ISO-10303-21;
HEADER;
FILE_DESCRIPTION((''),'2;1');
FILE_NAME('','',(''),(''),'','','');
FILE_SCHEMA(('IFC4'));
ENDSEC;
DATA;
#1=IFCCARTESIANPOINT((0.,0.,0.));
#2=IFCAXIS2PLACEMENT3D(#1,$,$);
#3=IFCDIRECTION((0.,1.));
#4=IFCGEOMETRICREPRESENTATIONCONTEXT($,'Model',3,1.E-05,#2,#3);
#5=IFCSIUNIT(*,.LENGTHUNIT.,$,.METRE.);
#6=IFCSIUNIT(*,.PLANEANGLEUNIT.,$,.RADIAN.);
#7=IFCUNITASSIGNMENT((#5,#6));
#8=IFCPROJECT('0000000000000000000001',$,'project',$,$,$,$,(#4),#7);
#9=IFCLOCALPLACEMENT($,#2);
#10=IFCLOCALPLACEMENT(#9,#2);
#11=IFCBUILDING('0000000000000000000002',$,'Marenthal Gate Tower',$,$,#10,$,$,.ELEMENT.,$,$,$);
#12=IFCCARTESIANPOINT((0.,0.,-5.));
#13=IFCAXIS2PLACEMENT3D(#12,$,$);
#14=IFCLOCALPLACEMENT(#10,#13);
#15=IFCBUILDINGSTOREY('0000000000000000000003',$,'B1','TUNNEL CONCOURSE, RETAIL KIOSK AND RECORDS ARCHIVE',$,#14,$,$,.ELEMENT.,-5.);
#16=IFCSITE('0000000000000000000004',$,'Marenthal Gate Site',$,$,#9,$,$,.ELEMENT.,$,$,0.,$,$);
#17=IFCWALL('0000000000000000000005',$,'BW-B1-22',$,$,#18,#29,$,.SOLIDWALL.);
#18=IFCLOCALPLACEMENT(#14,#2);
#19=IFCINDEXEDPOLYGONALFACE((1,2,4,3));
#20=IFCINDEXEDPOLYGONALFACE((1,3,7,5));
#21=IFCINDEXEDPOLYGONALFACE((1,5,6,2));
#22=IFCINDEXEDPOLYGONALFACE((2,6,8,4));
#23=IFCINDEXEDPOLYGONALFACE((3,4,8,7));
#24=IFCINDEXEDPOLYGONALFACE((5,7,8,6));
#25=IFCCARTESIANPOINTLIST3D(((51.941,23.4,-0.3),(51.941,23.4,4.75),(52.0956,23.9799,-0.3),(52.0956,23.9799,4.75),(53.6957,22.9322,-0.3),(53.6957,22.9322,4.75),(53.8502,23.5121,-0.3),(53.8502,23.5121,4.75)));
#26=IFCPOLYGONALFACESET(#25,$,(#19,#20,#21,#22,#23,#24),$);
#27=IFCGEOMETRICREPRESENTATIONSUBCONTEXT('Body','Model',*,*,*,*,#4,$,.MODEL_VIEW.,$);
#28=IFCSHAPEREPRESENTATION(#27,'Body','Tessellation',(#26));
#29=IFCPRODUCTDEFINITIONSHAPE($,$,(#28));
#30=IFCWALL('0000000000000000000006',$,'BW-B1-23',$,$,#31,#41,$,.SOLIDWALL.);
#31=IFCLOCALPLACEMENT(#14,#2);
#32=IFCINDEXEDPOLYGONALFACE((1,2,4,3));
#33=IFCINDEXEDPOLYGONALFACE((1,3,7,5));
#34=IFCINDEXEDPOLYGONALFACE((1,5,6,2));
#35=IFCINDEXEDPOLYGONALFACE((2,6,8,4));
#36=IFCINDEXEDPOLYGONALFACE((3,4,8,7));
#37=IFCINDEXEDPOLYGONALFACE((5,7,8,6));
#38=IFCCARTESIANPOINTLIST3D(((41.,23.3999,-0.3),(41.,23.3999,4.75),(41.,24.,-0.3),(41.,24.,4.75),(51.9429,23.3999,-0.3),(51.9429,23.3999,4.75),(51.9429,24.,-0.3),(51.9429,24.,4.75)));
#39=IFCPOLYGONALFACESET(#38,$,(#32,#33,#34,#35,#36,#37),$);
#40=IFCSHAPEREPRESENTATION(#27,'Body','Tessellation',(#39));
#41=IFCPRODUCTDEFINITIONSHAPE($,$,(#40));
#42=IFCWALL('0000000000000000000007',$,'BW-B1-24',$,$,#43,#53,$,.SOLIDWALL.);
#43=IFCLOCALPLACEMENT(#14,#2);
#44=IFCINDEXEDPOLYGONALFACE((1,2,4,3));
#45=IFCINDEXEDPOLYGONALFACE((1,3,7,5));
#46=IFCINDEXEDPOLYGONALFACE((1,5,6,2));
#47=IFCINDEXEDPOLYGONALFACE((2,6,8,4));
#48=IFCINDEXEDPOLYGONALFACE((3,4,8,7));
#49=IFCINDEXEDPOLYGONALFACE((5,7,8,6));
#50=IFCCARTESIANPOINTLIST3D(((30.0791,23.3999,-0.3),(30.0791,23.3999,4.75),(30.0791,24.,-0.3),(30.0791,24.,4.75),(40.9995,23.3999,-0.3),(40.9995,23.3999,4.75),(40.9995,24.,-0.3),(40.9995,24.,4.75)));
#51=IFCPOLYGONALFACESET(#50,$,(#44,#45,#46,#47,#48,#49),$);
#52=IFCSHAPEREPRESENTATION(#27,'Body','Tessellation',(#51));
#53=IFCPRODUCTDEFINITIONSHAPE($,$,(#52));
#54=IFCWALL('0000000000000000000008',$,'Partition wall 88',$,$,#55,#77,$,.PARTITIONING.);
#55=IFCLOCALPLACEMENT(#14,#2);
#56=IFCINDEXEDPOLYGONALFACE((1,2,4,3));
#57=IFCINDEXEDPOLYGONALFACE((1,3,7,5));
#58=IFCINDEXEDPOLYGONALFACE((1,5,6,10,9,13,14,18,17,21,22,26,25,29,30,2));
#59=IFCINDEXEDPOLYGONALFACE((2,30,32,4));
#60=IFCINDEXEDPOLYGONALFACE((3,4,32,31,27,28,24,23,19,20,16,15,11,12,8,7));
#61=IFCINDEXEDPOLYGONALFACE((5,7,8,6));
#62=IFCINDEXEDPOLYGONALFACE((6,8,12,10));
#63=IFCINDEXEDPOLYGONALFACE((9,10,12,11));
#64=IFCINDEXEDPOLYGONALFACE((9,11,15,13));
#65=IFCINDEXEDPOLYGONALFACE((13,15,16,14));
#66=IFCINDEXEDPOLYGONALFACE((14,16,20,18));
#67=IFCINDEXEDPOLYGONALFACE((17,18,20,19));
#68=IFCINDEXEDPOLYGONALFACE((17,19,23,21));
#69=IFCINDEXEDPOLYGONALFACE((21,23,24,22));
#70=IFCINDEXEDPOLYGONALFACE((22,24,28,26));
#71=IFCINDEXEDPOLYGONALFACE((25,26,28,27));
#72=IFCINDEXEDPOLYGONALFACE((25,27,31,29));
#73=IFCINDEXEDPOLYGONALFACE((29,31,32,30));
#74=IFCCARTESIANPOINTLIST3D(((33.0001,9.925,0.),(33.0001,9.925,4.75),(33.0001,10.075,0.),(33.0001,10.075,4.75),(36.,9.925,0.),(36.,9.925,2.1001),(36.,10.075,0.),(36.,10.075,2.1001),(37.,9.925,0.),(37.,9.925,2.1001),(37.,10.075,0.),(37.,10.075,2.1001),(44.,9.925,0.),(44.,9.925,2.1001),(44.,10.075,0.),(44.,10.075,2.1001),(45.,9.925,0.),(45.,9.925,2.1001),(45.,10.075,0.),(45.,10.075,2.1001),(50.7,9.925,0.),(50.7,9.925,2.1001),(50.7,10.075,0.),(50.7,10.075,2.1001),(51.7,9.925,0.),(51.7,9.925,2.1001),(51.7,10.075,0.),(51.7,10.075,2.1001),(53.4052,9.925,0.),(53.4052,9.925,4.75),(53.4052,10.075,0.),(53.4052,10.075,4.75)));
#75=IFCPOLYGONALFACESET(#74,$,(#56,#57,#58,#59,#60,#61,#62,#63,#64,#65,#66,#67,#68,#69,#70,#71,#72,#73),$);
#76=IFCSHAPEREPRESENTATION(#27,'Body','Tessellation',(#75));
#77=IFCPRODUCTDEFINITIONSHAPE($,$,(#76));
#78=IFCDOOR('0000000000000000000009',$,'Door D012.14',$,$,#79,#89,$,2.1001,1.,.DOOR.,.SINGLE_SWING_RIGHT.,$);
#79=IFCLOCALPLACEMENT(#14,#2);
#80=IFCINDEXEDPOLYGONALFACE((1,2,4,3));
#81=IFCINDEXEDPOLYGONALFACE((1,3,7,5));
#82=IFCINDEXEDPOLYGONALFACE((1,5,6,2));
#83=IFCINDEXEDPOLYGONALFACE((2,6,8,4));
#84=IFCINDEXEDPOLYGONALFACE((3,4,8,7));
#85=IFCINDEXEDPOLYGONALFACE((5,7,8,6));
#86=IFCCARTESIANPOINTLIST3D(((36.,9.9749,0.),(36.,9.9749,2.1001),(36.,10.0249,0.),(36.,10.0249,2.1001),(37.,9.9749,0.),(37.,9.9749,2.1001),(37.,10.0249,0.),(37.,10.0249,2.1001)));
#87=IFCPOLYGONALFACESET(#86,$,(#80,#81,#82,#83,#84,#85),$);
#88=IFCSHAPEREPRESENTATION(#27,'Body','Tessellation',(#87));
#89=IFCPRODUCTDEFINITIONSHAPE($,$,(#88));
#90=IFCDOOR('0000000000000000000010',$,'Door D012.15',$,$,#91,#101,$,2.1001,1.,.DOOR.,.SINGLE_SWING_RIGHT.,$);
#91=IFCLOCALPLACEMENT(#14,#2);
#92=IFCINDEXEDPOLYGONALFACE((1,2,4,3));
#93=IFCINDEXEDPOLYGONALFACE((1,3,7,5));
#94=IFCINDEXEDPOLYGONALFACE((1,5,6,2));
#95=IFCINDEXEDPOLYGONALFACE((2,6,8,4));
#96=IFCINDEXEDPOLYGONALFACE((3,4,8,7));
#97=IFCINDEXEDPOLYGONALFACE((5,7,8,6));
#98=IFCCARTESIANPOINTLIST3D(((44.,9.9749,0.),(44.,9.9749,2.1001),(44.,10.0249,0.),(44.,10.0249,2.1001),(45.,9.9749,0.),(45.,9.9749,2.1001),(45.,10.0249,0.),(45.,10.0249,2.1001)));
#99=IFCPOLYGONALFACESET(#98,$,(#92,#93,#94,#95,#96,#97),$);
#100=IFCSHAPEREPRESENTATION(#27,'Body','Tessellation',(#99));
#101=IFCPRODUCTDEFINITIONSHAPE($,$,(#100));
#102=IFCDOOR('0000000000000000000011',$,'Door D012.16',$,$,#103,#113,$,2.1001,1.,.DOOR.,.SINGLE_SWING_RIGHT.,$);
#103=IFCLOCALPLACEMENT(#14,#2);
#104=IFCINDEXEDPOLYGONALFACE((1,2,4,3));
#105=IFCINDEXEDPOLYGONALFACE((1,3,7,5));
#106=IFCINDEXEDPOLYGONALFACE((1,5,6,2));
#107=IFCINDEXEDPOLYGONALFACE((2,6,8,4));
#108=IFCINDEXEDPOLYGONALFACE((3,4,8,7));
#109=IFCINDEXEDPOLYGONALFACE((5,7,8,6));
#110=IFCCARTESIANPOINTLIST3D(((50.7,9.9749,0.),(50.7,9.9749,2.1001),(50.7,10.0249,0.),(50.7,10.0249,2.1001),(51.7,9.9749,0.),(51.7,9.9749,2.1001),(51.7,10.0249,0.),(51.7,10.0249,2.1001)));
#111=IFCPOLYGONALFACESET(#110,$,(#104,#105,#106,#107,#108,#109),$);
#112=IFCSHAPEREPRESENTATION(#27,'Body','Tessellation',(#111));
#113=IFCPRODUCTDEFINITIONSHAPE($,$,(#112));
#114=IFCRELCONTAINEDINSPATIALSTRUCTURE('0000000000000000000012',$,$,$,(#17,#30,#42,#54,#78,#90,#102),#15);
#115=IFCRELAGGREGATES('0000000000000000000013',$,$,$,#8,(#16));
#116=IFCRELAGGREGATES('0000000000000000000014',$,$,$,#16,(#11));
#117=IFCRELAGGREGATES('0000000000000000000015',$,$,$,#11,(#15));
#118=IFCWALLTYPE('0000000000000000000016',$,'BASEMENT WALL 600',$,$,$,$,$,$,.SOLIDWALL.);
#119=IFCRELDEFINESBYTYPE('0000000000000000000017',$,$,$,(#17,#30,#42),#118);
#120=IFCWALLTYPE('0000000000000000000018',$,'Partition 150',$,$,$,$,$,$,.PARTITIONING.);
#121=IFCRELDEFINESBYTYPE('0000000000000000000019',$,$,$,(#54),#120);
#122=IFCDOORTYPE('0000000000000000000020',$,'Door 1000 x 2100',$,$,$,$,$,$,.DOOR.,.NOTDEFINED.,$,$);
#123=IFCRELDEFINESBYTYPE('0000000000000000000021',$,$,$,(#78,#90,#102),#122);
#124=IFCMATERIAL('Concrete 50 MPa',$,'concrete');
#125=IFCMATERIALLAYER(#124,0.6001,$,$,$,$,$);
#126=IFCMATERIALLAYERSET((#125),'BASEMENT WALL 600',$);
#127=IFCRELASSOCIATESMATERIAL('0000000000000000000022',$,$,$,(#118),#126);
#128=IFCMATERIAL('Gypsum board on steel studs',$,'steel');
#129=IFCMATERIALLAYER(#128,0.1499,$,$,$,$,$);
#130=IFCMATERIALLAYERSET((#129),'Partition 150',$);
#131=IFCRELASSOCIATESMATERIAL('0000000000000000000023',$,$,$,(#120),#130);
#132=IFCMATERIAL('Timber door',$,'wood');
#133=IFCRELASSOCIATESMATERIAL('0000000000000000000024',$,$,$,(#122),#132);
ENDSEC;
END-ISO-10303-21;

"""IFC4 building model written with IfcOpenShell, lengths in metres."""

from ifc_helpers import new_model, si_unit, direction, frame, frame_2d, origin, place, context, subcontext, project, spatial, rectangle, extrude, material, layer, layer_set, type_object, element, fill, save


model = new_model("IFC4")

# Units and contexts
model_context = context("Model", 3, precision=1e-05, world=origin(), true_north=direction((0.0, 1.0)))
body_context = subcontext(model_context, "Body", "Model", "MODEL_VIEW")
ifc_project = project(units=[si_unit("LENGTHUNIT", "METRE"), si_unit("PLANEANGLEUNIT", "RADIAN")], contexts=[model_context])

# Site, building, storey
site_placement = place(None, origin())
site = spatial("IfcSite", under=ifc_project, at=site_placement, Name="Marenthal Gate Site", CompositionType="ELEMENT", RefElevation=0.0)
building_placement = place(site_placement, origin())
building = spatial("IfcBuilding", under=site, at=building_placement, Name="Marenthal Gate Tower", CompositionType="ELEMENT")
storey_placement = place(building_placement, frame((0.0, 0.0, -5.0)))
storey = spatial("IfcBuildingStorey", under=building, at=storey_placement, Name="B1", Description="TUNNEL CONCOURSE, RETAIL KIOSK AND RECORDS ARCHIVE", CompositionType="ELEMENT", Elevation=-5.0)

# Walls
ifc_material_1 = material(Name="Concrete 50 MPa", Category="concrete")
ifc_layer_1 = layer(ifc_material_1, 0.6001)
ifc_layer_set_1 = layer_set([ifc_layer_1], Name="BASEMENT WALL 600")
wall_type_1 = type_object("IfcWallType", Name="BASEMENT WALL 600", PredefinedType="SOLIDWALL", material=ifc_layer_set_1)
wall_1_placement = place(storey_placement, frame((53.7729, 23.2222, -0.3), z_axis=(0.0, 0.0, 1.0), x_axis=(-0.966253, 0.257596, 0.0)))
element("IfcWall", 1, at=wall_1_placement, inside=storey, type_object=wall_type_1, Name="BW-B1-22", PredefinedType="SOLIDWALL", context=body_context, shape_type="SweptSolid", body=[
    extrude(rectangle(XDim=1.8159, YDim=0.6001, at=frame_2d((0.908, 0.0))), origin(), (0.0, 0.0, 1.0), 5.05),
])
wall_2_placement = place(storey_placement, frame((51.9429, 23.7, -0.3), z_axis=(0.0, 0.0, 1.0), x_axis=(-1.0, 0.0, 0.0)))
element("IfcWall", 2, at=wall_2_placement, inside=storey, type_object=wall_type_1, Name="BW-B1-23", PredefinedType="SOLIDWALL", context=body_context, shape_type="SweptSolid", body=[
    extrude(rectangle(XDim=10.9429, YDim=0.6001, at=frame_2d((5.4714, 0.0))), origin(), (0.0, 0.0, 1.0), 5.05),
])
wall_3_placement = place(storey_placement, frame((40.9995, 23.7, -0.3), z_axis=(0.0, 0.0, 1.0), x_axis=(-1.0, 0.0, 0.0)))
element("IfcWall", 3, at=wall_3_placement, inside=storey, type_object=wall_type_1, Name="BW-B1-24", PredefinedType="SOLIDWALL", context=body_context, shape_type="SweptSolid", body=[
    extrude(rectangle(XDim=10.9204, YDim=0.6001, at=frame_2d((5.4602, 0.0))), origin(), (0.0, 0.0, 1.0), 5.05),
])

# Wall, openings, doors
ifc_material_2 = material(Name="Gypsum board on steel studs", Category="steel")
ifc_layer_2 = layer(ifc_material_2, 0.1499)
ifc_layer_set_2 = layer_set([ifc_layer_2], Name="Partition 150")
wall_type_2 = type_object("IfcWallType", Name="Partition 150", PredefinedType="PARTITIONING", material=ifc_layer_set_2)
wall_4_placement = place(storey_placement, frame((33.0, 10.0, 0.0), z_axis=(0.0, 0.0, 1.0), x_axis=(1.0, 0.0, 0.0)))
wall_4 = element("IfcWall", 4, at=wall_4_placement, inside=storey, type_object=wall_type_2, Name="Partition wall 88", PredefinedType="PARTITIONING", context=body_context, shape_type="SweptSolid", body=[
    extrude(rectangle(XDim=20.405, YDim=0.1499, at=frame_2d((10.2026, 0.0))), origin(), (0.0, 0.0, 1.0), 4.75),
])
opening_1_placement = place(wall_4_placement, frame((3.0, 0.0, 0.0)))
opening_1 = element("IfcOpeningElement", 5, at=opening_1_placement, cuts=wall_4, PredefinedType="OPENING", context=body_context, shape_type="SweptSolid", body=[
    extrude(rectangle(XDim=1.0, YDim=2.1001, at=frame_2d((0.5, 1.05))), frame((0.0, 0.085, 0.0), z_axis=(0.0, -1.0, 0.0), x_axis=(1.0, 0.0, 0.0)), (0.0, 0.0, 1.0), 0.1699),
])
opening_2_placement = place(wall_4_placement, frame((11.0, 0.0, 0.0)))
opening_2 = element("IfcOpeningElement", 6, at=opening_2_placement, cuts=wall_4, PredefinedType="OPENING", context=body_context, shape_type="SweptSolid", body=[
    extrude(rectangle(XDim=1.0, YDim=2.1001, at=frame_2d((0.5, 1.05))), frame((0.0, 0.085, 0.0), z_axis=(0.0, -1.0, 0.0), x_axis=(1.0, 0.0, 0.0)), (0.0, 0.0, 1.0), 0.1699),
])
opening_3_placement = place(wall_4_placement, frame((17.7, 0.0, 0.0)))
opening_3 = element("IfcOpeningElement", 7, at=opening_3_placement, cuts=wall_4, PredefinedType="OPENING", context=body_context, shape_type="SweptSolid", body=[
    extrude(rectangle(XDim=1.0, YDim=2.1001, at=frame_2d((0.5, 1.05))), frame((0.0, 0.085, 0.0), z_axis=(0.0, -1.0, 0.0), x_axis=(1.0, 0.0, 0.0)), (0.0, 0.0, 1.0), 0.1699),
])
ifc_material_3 = material(Name="Timber door", Category="wood")
door_type_1 = type_object("IfcDoorType", Name="Door 1000 x 2100", OperationType="NOTDEFINED", PredefinedType="DOOR", material=ifc_material_3)
door_1_placement = place(opening_1_placement, origin())
door_1 = element("IfcDoor", 8, at=door_1_placement, inside=storey, type_object=door_type_1, Name="Door D012.14", OperationType="SINGLE_SWING_RIGHT", OverallHeight=2.1001, OverallWidth=1.0, PredefinedType="DOOR", context=body_context, shape_type="SweptSolid", body=[
    extrude(rectangle(XDim=1.0, YDim=2.1001, at=frame_2d((0.5, 1.05))), frame((0.0, 0.0249, 0.0), z_axis=(0.0, -1.0, 0.0), x_axis=(1.0, 0.0, 0.0)), (0.0, 0.0, 1.0), 0.05),
])
fill(opening_1, door_1)
door_2_placement = place(opening_2_placement, origin())
door_2 = element("IfcDoor", 9, at=door_2_placement, inside=storey, type_object=door_type_1, Name="Door D012.15", OperationType="SINGLE_SWING_RIGHT", OverallHeight=2.1001, OverallWidth=1.0, PredefinedType="DOOR", context=body_context, shape_type="SweptSolid", body=[
    extrude(rectangle(XDim=1.0, YDim=2.1001, at=frame_2d((0.5, 1.05))), frame((0.0, 0.0249, 0.0), z_axis=(0.0, -1.0, 0.0), x_axis=(1.0, 0.0, 0.0)), (0.0, 0.0, 1.0), 0.05),
])
fill(opening_2, door_2)
door_3_placement = place(opening_3_placement, origin())
door_3 = element("IfcDoor", 10, at=door_3_placement, inside=storey, type_object=door_type_1, Name="Door D012.16", OperationType="SINGLE_SWING_RIGHT", OverallHeight=2.1001, OverallWidth=1.0, PredefinedType="DOOR", context=body_context, shape_type="SweptSolid", body=[
    extrude(rectangle(XDim=1.0, YDim=2.1001, at=frame_2d((0.5, 1.05))), frame((0.0, 0.0249, 0.0), z_axis=(0.0, -1.0, 0.0), x_axis=(1.0, 0.0, 0.0)), (0.0, 0.0, 1.0), 0.05),
])
fill(opening_3, door_3)

save(model, "model.ifc")
